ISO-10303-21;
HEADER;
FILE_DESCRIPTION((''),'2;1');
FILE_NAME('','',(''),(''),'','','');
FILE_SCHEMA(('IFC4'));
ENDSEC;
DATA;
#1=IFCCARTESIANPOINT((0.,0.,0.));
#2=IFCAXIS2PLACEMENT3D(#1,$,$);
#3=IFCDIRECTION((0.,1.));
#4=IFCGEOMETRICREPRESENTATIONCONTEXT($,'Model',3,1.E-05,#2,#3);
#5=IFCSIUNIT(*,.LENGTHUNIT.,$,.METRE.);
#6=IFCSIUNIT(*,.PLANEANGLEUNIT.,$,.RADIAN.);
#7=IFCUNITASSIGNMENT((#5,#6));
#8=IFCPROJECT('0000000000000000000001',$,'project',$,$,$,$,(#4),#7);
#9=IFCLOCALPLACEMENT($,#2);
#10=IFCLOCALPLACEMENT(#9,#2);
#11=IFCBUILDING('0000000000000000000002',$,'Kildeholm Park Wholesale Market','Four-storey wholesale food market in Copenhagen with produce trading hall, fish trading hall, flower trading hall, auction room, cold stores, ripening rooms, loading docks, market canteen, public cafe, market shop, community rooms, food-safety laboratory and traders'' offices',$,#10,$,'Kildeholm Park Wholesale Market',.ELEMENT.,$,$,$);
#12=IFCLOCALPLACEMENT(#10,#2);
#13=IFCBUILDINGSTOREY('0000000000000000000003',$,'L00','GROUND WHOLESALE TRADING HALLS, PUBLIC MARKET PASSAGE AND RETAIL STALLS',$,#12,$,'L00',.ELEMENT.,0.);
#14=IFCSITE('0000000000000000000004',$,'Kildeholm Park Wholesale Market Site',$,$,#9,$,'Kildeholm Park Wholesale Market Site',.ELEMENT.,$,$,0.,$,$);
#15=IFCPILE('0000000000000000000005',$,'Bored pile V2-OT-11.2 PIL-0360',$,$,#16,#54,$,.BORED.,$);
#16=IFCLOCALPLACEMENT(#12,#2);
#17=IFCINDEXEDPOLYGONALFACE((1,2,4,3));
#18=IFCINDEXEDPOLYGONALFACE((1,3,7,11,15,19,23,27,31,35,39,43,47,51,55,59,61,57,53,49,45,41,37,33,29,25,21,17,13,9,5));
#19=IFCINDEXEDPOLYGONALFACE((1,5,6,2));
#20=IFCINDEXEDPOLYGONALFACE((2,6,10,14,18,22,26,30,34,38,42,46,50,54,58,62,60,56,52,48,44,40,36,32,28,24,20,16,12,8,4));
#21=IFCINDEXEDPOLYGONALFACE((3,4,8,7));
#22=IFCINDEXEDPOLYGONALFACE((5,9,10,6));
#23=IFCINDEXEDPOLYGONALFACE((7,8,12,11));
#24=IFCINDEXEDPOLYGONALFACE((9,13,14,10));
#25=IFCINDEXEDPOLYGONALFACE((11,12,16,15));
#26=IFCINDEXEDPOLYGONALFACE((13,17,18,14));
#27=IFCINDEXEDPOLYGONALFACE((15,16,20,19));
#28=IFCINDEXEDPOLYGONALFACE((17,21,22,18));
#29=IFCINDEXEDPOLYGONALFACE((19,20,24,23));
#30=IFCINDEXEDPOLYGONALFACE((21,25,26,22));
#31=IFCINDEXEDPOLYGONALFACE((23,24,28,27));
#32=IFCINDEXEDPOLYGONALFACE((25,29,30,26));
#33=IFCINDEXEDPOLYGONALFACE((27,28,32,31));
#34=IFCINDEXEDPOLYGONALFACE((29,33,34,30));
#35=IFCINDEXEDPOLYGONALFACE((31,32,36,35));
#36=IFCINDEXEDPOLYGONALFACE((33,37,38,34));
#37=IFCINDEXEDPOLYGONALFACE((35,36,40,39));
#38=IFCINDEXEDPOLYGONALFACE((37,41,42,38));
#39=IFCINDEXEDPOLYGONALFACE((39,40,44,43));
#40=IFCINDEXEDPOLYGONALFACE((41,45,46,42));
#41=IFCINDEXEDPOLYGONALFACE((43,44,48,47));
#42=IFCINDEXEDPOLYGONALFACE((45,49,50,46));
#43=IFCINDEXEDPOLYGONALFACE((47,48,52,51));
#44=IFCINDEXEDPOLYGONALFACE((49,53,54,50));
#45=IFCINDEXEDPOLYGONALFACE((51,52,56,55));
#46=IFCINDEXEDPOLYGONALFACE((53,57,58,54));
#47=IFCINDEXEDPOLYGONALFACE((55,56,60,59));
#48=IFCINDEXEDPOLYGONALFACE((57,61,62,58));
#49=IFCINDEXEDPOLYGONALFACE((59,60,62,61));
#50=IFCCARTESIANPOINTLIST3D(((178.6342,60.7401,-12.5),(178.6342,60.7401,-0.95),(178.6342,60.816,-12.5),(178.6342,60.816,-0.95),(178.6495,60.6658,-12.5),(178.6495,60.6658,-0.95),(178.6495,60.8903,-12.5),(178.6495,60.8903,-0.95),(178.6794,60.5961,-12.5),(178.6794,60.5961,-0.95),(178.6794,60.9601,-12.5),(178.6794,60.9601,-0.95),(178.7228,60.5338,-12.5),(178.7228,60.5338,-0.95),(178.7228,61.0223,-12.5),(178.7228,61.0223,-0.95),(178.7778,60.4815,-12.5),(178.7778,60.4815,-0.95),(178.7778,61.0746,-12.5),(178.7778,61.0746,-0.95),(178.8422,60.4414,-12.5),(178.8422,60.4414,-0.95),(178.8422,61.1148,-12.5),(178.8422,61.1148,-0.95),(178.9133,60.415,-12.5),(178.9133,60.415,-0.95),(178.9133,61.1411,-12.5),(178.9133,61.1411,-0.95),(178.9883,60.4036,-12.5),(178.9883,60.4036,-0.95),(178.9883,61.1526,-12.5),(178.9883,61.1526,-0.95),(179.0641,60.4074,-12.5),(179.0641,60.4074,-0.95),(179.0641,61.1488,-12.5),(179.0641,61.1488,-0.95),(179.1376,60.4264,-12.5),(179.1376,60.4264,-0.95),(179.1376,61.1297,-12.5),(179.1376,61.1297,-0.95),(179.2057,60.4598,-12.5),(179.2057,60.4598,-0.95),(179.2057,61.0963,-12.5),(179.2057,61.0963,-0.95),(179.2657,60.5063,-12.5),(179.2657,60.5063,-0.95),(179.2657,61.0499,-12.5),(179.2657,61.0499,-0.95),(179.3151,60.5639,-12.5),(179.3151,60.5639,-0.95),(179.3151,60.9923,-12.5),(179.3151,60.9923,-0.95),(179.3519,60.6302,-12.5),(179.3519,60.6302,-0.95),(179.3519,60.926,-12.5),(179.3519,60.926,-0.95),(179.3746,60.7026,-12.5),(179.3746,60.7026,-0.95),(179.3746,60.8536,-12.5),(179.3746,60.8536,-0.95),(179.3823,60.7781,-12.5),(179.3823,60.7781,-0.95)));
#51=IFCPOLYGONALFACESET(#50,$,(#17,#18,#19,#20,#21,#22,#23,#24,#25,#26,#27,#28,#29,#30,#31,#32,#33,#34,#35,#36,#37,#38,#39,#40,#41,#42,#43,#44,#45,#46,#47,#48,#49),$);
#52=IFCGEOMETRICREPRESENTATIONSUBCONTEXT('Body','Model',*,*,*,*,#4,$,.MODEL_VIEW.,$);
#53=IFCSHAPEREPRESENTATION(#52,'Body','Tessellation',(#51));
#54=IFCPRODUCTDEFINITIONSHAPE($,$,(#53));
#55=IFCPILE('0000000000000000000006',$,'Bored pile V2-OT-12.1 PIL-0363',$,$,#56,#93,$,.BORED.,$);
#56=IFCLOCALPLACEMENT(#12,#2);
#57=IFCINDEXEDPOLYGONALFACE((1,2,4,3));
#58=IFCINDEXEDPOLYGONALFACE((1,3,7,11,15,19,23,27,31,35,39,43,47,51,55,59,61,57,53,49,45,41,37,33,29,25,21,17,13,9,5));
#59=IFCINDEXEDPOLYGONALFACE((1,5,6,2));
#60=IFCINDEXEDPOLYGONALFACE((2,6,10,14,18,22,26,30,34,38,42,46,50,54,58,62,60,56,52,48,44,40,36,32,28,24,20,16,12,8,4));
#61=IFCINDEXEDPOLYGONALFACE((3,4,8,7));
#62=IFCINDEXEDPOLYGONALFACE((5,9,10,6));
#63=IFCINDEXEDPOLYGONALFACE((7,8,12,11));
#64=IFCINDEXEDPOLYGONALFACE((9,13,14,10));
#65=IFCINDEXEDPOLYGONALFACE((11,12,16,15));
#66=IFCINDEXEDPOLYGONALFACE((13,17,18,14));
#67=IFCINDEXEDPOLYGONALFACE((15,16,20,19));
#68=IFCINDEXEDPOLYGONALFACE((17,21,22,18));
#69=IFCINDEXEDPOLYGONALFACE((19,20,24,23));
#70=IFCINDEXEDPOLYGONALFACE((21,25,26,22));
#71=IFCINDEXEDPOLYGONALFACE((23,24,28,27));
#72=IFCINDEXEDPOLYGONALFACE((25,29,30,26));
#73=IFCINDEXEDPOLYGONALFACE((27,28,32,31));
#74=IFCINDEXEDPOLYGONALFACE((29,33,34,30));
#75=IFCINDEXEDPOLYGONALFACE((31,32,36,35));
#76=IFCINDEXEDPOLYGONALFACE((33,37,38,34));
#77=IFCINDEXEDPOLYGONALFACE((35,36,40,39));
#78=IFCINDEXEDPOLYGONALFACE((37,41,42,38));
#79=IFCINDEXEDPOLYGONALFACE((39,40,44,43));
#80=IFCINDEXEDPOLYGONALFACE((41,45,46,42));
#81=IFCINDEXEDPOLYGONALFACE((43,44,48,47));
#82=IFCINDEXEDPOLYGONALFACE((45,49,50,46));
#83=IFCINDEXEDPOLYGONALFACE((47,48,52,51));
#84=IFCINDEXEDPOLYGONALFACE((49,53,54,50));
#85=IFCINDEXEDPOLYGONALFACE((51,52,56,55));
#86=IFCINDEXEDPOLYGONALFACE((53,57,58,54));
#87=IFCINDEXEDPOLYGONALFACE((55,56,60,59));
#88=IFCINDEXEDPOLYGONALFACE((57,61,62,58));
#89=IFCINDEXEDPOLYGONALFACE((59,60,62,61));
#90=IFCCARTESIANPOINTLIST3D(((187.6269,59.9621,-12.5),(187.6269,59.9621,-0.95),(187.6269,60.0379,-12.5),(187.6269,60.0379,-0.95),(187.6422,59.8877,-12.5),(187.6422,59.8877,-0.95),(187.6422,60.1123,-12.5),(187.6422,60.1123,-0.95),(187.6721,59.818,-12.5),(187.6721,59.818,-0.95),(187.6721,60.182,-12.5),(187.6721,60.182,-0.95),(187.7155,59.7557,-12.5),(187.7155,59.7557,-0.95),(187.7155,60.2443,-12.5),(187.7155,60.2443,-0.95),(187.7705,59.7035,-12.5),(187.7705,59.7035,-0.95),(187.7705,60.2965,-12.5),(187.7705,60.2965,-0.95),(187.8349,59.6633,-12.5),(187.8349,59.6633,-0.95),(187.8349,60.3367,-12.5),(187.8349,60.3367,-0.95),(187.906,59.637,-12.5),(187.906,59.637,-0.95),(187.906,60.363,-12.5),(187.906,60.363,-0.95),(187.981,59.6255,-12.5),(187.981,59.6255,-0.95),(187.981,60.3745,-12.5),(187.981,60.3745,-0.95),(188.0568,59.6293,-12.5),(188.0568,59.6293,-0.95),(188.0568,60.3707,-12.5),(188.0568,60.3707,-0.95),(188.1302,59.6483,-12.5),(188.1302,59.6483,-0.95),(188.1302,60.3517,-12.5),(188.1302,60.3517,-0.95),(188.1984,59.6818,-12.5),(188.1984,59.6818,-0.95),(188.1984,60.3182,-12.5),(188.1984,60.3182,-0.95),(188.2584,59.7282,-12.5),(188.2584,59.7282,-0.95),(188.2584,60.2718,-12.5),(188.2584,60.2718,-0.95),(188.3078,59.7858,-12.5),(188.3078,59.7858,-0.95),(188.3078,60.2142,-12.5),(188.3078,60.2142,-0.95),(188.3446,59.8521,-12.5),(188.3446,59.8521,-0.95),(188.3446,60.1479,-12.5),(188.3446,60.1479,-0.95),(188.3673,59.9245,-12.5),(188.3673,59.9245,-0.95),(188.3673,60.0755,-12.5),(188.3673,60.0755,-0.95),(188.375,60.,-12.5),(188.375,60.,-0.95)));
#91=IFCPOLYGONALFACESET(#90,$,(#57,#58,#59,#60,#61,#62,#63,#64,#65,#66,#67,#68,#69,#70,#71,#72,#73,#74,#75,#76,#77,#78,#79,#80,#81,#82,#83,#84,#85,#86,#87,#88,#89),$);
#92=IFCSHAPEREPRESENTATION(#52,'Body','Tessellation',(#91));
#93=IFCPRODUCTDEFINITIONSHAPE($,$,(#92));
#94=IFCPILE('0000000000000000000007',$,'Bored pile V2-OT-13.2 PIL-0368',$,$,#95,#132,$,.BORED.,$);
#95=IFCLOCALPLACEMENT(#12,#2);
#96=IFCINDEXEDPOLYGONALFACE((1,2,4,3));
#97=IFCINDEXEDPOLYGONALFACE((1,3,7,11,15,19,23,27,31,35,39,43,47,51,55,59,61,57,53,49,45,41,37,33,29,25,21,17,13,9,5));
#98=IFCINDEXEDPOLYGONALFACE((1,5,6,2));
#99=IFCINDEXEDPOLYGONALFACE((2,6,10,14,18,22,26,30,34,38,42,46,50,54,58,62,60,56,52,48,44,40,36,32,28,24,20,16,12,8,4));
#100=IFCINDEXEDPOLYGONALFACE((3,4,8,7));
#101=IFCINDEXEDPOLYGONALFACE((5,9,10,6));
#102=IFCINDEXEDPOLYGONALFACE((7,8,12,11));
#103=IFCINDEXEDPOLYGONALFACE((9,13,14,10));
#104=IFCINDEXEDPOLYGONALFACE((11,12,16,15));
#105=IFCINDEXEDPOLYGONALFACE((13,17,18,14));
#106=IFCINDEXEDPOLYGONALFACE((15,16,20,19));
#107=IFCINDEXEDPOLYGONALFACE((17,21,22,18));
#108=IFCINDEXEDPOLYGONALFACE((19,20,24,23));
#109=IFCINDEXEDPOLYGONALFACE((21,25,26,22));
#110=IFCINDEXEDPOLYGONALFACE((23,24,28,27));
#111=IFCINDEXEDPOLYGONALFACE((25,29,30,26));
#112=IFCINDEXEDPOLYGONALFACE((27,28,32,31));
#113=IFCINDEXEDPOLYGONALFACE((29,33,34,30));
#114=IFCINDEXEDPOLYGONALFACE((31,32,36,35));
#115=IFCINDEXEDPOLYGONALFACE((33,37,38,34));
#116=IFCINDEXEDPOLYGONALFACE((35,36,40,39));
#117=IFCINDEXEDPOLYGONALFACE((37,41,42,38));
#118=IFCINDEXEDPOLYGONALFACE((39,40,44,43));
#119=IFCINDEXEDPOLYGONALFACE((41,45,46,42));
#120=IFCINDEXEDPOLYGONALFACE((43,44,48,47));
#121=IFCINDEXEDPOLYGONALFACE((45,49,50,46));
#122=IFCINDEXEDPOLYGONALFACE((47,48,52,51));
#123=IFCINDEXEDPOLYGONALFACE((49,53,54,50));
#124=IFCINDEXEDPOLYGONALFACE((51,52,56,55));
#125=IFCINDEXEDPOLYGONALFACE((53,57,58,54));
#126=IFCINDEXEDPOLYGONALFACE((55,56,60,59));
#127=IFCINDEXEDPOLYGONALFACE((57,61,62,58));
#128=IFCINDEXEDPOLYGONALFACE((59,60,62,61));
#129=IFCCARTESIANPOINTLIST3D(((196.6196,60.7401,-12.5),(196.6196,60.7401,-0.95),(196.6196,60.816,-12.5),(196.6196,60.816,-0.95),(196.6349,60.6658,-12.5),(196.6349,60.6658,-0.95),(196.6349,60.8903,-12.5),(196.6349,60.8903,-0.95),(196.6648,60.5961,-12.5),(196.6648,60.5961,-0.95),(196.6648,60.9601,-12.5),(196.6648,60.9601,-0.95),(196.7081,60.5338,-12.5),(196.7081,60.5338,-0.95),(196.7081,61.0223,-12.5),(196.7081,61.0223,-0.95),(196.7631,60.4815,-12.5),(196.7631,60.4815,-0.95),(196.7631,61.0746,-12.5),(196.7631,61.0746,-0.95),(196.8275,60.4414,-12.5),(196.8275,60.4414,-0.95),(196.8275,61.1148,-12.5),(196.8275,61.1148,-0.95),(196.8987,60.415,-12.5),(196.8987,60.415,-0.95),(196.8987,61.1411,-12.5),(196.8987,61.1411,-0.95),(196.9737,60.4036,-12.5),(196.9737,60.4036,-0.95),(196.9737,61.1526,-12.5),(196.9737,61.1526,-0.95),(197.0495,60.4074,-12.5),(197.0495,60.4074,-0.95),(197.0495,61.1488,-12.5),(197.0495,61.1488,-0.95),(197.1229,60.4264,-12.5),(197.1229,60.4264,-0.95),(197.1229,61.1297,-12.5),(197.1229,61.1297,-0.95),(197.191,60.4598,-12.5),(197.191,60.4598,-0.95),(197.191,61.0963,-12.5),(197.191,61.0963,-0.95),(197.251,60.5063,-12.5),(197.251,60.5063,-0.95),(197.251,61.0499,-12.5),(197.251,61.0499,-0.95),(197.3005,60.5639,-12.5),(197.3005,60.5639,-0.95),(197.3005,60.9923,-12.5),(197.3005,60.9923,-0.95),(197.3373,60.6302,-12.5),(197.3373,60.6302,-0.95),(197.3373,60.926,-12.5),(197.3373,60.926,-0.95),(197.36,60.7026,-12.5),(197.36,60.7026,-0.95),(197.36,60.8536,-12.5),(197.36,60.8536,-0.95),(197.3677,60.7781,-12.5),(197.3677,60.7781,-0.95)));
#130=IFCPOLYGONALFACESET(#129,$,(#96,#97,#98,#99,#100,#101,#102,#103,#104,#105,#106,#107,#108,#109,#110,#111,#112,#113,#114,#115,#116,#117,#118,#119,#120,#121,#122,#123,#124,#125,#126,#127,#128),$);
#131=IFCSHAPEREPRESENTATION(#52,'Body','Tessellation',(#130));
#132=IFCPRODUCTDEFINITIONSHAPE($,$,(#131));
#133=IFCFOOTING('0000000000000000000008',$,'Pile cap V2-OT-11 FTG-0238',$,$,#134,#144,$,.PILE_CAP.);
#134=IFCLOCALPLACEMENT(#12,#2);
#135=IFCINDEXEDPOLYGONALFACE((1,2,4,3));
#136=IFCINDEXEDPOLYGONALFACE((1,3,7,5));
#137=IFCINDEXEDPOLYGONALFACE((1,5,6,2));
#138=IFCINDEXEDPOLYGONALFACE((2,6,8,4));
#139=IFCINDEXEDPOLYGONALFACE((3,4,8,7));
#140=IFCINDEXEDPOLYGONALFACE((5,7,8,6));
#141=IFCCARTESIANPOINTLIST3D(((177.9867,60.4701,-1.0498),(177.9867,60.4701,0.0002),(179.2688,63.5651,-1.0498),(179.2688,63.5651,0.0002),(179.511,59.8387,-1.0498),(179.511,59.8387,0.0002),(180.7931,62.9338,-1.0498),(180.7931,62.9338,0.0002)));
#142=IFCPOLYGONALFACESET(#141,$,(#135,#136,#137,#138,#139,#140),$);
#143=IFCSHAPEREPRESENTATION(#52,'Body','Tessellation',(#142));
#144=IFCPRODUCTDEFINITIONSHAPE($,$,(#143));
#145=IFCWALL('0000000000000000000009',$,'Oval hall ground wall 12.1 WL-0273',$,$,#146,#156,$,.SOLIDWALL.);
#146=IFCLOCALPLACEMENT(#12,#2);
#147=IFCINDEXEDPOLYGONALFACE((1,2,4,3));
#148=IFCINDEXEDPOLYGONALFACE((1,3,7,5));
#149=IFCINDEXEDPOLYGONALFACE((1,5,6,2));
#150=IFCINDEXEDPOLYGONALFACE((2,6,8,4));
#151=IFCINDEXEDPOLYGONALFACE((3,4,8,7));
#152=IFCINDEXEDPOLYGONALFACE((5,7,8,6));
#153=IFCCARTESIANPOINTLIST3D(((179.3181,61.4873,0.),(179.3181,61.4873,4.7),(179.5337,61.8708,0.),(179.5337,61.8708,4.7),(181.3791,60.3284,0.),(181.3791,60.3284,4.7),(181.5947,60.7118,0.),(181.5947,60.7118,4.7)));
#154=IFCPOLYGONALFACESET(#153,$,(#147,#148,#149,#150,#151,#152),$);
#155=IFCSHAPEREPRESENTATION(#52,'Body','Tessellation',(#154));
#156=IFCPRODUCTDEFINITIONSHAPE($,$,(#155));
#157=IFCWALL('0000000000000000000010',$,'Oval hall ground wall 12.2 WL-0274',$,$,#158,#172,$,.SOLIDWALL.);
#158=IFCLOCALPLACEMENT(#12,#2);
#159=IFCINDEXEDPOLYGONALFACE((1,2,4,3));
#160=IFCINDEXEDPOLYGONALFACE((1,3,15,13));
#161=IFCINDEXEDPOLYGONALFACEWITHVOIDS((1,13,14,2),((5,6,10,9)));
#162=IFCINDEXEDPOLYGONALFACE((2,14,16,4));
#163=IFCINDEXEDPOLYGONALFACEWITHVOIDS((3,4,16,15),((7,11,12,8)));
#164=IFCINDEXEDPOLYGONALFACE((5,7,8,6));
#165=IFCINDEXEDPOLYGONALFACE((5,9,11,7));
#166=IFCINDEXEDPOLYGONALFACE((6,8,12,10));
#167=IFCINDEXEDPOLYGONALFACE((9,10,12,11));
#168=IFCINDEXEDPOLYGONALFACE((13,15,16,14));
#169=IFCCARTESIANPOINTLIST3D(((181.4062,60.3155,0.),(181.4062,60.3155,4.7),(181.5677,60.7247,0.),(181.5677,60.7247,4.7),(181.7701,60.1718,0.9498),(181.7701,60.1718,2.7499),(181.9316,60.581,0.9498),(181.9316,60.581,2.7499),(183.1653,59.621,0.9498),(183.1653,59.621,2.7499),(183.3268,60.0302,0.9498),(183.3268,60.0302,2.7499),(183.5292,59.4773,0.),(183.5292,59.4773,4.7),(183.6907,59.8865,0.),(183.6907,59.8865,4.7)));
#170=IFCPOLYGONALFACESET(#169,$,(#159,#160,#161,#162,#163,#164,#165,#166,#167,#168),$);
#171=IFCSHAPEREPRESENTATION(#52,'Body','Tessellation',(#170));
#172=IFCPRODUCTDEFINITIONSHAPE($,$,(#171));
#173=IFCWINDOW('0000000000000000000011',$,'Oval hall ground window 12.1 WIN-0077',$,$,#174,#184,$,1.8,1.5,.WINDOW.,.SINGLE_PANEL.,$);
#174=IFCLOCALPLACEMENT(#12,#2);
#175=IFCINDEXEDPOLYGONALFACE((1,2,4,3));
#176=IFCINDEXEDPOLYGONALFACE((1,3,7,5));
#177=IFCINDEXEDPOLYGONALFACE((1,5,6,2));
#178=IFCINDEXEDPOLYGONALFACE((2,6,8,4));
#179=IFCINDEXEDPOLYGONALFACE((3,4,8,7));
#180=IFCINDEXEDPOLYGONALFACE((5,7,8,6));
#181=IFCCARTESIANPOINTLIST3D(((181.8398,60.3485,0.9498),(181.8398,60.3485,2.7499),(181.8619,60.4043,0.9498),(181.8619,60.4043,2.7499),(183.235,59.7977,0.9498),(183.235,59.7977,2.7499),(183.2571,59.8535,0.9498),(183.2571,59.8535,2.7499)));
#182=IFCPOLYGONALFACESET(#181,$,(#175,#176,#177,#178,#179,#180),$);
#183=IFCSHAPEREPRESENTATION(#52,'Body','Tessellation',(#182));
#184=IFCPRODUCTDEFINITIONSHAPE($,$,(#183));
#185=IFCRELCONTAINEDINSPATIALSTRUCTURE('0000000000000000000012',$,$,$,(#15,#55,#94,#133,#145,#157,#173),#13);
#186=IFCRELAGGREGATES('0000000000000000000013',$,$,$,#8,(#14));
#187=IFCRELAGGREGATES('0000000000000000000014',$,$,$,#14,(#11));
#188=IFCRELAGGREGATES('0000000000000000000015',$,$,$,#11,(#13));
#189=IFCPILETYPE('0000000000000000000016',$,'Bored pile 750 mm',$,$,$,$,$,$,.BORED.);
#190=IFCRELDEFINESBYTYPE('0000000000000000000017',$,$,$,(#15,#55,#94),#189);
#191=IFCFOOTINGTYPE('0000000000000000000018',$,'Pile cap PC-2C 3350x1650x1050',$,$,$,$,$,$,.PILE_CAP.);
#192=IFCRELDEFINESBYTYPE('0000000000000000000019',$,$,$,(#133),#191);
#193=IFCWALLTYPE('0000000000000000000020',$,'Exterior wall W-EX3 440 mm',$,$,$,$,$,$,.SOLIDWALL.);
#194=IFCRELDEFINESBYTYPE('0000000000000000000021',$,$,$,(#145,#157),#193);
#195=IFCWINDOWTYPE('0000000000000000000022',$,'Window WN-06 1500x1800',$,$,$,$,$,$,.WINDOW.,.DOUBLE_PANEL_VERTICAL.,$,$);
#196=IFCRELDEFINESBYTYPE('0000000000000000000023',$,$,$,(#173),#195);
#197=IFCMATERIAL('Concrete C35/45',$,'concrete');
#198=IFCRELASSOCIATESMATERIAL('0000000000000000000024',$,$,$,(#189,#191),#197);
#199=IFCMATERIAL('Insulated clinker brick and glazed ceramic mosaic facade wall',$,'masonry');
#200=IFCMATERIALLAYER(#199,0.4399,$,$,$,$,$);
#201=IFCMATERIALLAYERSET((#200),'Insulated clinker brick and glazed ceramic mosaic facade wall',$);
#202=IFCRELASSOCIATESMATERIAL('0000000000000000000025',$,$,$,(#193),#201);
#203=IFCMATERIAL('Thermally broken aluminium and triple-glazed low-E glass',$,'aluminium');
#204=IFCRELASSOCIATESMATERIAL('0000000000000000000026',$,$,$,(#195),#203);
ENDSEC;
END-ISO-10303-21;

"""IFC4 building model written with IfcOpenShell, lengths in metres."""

from ifc_helpers import new_model, si_unit, direction, frame, frame_2d, origin, origin_2d, place, context, subcontext, project, spatial, rectangle, circle, extrude, material, layer, layer_set, material_profile, profile_set, type_object, element, fill, save


model = new_model("IFC4")

# Units and contexts
model_context = context("Model", 3, precision=1e-05, world=origin(), true_north=direction((0.0, 1.0)))
body_context = subcontext(model_context, "Body", "Model", "MODEL_VIEW")
ifc_project = project(units=[si_unit("LENGTHUNIT", "METRE"), si_unit("PLANEANGLEUNIT", "RADIAN")], contexts=[model_context])

# Site, building, storey
site_placement = place(None, origin())
site = spatial("IfcSite", under=ifc_project, at=site_placement, Name="Kildeholm Park Wholesale Market Site", LongName="Kildeholm Park Wholesale Market Site", CompositionType="ELEMENT", RefElevation=0.0)
building_placement = place(site_placement, origin())
building = spatial("IfcBuilding", under=site, at=building_placement, Name="Kildeholm Park Wholesale Market", Description="Four-storey wholesale food market in Copenhagen with produce trading hall, fish trading hall, flower trading hall, auction room, cold stores, ripening rooms, loading docks, market canteen, public cafe, market shop, community rooms, food-safety laboratory and traders' offices", LongName="Kildeholm Park Wholesale Market", CompositionType="ELEMENT")
storey_placement = place(building_placement, origin())
storey = spatial("IfcBuildingStorey", under=building, at=storey_placement, Name="L00", Description="GROUND WHOLESALE TRADING HALLS, PUBLIC MARKET PASSAGE AND RETAIL STALLS", LongName="L00", CompositionType="ELEMENT", Elevation=0.0)

# Piles
ifc_material_1 = material(Name="Concrete C35/45", Category="concrete")
ifc_material_profile = material_profile(ifc_material_1, circle(Radius=0.375, at=origin_2d()), Name="PILE D750")
ifc_profile_set = profile_set([ifc_material_profile], Name="Concrete C35/45")
pile_type = type_object("IfcPileType", Name="Bored pile 750 mm", PredefinedType="BORED", material=ifc_profile_set)
for number, where, z_axis, x_axis, name in (
    (1, (179.0073, 60.7781, -0.95), (0.0, 0.0, -1.0), (1.0, 0.0, 0.0), "Bored pile V2-OT-11.2 PIL-0360"),
    (2, (188.0, 60.0, -0.95), (0.0, 0.0, -1.0), (1.0, 0.0, 0.0), "Bored pile V2-OT-12.1 PIL-0363"),
    (3, (196.9927, 60.7781, -0.95), (0.0, 0.0, -1.0), (1.0, 0.0, 0.0), "Bored pile V2-OT-13.2 PIL-0368"),
):
    element("IfcPile", number, at=place(storey_placement, frame(where, z_axis=z_axis, x_axis=x_axis)), inside=storey, type_object=pile_type, Name=name, PredefinedType="BORED", context=body_context, shape_type="SweptSolid", body=[
        extrude(circle(Radius=0.375, at=origin_2d()), origin(), (0.0, 0.0, 1.0), 11.55),
    ])

# Footing
footing_type = type_object("IfcFootingType", Name="Pile cap PC-2C 3350x1650x1050", PredefinedType="PILE_CAP", material=ifc_material_1)
footing_placement = place(storey_placement, frame((179.3899, 61.7019, -1.0498), z_axis=(0.0, 0.0, 1.0), x_axis=(-0.382683, -0.92388, 0.0)))
element("IfcFooting", 4, at=footing_placement, inside=storey, type_object=footing_type, Name="Pile cap V2-OT-11 FTG-0238", PredefinedType="PILE_CAP", context=body_context, shape_type="SweptSolid", body=[
    extrude(rectangle(XDim=3.3501, YDim=1.6499, at=origin_2d()), origin(), (0.0, 0.0, 1.0), 1.05),
])

# Wall
ifc_material_2 = material(Name="Insulated clinker brick and glazed ceramic mosaic facade wall", Category="masonry")
ifc_layer_1 = layer(ifc_material_2, 0.4399)
ifc_layer_set_1 = layer_set([ifc_layer_1], Name="Insulated clinker brick and glazed ceramic mosaic facade wall")
wall_type_1 = type_object("IfcWallType", Name="Exterior wall W-EX3 440 mm", PredefinedType="SOLIDWALL", material=ifc_layer_set_1)
wall_1_placement = place(storey_placement, frame((179.426, 61.679, 0.0), z_axis=(0.0, 0.0, 1.0), x_axis=(0.871647, -0.490134, 0.0)))
element("IfcWall", 5, at=wall_1_placement, inside=storey, type_object=wall_type_1, Name="Oval hall ground wall 12.1 WL-0273", PredefinedType="SOLIDWALL", context=body_context, shape_type="SweptSolid", body=[
    extrude(rectangle(XDim=2.3645, YDim=0.4399, at=frame_2d((1.1821, 0.0))), origin(), (0.0, 0.0, 1.0), 4.7),
])

# Wall, opening, window
wall_2_placement = place(storey_placement, frame((181.4871, 60.52, 0.0), z_axis=(0.0, 0.0, 1.0), x_axis=(0.930142, -0.367201, 0.0)))
wall_2 = element("IfcWall", 6, at=wall_2_placement, inside=storey, type_object=wall_type_1, Name="Oval hall ground wall 12.2 WL-0274", PredefinedType="SOLIDWALL", context=body_context, shape_type="SweptSolid", body=[
    extrude(rectangle(XDim=2.2825, YDim=0.4399, at=frame_2d((1.1411, 0.0))), origin(), (0.0, 0.0, 1.0), 4.7),
])
opening_1_placement = place(wall_2_placement, frame((0.3911, 0.0, 0.95)))
opening_1 = element("IfcOpeningElement", 7, at=opening_1_placement, cuts=wall_2, PredefinedType="OPENING", context=body_context, shape_type="SweptSolid", body=[
    extrude(rectangle(XDim=1.5, YDim=1.8, at=frame_2d((0.75, 0.8999))), frame((0.0, 0.23, 0.0), z_axis=(0.0, -1.0, 0.0), x_axis=(1.0, 0.0, 0.0)), (0.0, 0.0, 1.0), 0.46),
])
ifc_material_3 = material(Name="Thermally broken aluminium and triple-glazed low-E glass", Category="aluminium")
window_type_1 = type_object("IfcWindowType", Name="Window WN-06 1500x1800", PartitioningType="DOUBLE_PANEL_VERTICAL", PredefinedType="WINDOW", material=ifc_material_3)
window_1_placement = place(opening_1_placement, origin())
window_1 = element("IfcWindow", 8, at=window_1_placement, inside=storey, type_object=window_type_1, Name="Oval hall ground window 12.1 WIN-0077", OverallHeight=1.8, OverallWidth=1.5, PartitioningType="SINGLE_PANEL", PredefinedType="WINDOW", context=body_context, shape_type="SweptSolid", body=[
    extrude(rectangle(XDim=1.5, YDim=1.8, at=frame_2d((0.75, 0.8999))), frame((0.0, 0.03, 0.0), z_axis=(0.0, -1.0, 0.0), x_axis=(1.0, 0.0, 0.0)), (0.0, 0.0, 1.0), 0.0601),
])
fill(opening_1, window_1)

save(model, "model.ifc")
